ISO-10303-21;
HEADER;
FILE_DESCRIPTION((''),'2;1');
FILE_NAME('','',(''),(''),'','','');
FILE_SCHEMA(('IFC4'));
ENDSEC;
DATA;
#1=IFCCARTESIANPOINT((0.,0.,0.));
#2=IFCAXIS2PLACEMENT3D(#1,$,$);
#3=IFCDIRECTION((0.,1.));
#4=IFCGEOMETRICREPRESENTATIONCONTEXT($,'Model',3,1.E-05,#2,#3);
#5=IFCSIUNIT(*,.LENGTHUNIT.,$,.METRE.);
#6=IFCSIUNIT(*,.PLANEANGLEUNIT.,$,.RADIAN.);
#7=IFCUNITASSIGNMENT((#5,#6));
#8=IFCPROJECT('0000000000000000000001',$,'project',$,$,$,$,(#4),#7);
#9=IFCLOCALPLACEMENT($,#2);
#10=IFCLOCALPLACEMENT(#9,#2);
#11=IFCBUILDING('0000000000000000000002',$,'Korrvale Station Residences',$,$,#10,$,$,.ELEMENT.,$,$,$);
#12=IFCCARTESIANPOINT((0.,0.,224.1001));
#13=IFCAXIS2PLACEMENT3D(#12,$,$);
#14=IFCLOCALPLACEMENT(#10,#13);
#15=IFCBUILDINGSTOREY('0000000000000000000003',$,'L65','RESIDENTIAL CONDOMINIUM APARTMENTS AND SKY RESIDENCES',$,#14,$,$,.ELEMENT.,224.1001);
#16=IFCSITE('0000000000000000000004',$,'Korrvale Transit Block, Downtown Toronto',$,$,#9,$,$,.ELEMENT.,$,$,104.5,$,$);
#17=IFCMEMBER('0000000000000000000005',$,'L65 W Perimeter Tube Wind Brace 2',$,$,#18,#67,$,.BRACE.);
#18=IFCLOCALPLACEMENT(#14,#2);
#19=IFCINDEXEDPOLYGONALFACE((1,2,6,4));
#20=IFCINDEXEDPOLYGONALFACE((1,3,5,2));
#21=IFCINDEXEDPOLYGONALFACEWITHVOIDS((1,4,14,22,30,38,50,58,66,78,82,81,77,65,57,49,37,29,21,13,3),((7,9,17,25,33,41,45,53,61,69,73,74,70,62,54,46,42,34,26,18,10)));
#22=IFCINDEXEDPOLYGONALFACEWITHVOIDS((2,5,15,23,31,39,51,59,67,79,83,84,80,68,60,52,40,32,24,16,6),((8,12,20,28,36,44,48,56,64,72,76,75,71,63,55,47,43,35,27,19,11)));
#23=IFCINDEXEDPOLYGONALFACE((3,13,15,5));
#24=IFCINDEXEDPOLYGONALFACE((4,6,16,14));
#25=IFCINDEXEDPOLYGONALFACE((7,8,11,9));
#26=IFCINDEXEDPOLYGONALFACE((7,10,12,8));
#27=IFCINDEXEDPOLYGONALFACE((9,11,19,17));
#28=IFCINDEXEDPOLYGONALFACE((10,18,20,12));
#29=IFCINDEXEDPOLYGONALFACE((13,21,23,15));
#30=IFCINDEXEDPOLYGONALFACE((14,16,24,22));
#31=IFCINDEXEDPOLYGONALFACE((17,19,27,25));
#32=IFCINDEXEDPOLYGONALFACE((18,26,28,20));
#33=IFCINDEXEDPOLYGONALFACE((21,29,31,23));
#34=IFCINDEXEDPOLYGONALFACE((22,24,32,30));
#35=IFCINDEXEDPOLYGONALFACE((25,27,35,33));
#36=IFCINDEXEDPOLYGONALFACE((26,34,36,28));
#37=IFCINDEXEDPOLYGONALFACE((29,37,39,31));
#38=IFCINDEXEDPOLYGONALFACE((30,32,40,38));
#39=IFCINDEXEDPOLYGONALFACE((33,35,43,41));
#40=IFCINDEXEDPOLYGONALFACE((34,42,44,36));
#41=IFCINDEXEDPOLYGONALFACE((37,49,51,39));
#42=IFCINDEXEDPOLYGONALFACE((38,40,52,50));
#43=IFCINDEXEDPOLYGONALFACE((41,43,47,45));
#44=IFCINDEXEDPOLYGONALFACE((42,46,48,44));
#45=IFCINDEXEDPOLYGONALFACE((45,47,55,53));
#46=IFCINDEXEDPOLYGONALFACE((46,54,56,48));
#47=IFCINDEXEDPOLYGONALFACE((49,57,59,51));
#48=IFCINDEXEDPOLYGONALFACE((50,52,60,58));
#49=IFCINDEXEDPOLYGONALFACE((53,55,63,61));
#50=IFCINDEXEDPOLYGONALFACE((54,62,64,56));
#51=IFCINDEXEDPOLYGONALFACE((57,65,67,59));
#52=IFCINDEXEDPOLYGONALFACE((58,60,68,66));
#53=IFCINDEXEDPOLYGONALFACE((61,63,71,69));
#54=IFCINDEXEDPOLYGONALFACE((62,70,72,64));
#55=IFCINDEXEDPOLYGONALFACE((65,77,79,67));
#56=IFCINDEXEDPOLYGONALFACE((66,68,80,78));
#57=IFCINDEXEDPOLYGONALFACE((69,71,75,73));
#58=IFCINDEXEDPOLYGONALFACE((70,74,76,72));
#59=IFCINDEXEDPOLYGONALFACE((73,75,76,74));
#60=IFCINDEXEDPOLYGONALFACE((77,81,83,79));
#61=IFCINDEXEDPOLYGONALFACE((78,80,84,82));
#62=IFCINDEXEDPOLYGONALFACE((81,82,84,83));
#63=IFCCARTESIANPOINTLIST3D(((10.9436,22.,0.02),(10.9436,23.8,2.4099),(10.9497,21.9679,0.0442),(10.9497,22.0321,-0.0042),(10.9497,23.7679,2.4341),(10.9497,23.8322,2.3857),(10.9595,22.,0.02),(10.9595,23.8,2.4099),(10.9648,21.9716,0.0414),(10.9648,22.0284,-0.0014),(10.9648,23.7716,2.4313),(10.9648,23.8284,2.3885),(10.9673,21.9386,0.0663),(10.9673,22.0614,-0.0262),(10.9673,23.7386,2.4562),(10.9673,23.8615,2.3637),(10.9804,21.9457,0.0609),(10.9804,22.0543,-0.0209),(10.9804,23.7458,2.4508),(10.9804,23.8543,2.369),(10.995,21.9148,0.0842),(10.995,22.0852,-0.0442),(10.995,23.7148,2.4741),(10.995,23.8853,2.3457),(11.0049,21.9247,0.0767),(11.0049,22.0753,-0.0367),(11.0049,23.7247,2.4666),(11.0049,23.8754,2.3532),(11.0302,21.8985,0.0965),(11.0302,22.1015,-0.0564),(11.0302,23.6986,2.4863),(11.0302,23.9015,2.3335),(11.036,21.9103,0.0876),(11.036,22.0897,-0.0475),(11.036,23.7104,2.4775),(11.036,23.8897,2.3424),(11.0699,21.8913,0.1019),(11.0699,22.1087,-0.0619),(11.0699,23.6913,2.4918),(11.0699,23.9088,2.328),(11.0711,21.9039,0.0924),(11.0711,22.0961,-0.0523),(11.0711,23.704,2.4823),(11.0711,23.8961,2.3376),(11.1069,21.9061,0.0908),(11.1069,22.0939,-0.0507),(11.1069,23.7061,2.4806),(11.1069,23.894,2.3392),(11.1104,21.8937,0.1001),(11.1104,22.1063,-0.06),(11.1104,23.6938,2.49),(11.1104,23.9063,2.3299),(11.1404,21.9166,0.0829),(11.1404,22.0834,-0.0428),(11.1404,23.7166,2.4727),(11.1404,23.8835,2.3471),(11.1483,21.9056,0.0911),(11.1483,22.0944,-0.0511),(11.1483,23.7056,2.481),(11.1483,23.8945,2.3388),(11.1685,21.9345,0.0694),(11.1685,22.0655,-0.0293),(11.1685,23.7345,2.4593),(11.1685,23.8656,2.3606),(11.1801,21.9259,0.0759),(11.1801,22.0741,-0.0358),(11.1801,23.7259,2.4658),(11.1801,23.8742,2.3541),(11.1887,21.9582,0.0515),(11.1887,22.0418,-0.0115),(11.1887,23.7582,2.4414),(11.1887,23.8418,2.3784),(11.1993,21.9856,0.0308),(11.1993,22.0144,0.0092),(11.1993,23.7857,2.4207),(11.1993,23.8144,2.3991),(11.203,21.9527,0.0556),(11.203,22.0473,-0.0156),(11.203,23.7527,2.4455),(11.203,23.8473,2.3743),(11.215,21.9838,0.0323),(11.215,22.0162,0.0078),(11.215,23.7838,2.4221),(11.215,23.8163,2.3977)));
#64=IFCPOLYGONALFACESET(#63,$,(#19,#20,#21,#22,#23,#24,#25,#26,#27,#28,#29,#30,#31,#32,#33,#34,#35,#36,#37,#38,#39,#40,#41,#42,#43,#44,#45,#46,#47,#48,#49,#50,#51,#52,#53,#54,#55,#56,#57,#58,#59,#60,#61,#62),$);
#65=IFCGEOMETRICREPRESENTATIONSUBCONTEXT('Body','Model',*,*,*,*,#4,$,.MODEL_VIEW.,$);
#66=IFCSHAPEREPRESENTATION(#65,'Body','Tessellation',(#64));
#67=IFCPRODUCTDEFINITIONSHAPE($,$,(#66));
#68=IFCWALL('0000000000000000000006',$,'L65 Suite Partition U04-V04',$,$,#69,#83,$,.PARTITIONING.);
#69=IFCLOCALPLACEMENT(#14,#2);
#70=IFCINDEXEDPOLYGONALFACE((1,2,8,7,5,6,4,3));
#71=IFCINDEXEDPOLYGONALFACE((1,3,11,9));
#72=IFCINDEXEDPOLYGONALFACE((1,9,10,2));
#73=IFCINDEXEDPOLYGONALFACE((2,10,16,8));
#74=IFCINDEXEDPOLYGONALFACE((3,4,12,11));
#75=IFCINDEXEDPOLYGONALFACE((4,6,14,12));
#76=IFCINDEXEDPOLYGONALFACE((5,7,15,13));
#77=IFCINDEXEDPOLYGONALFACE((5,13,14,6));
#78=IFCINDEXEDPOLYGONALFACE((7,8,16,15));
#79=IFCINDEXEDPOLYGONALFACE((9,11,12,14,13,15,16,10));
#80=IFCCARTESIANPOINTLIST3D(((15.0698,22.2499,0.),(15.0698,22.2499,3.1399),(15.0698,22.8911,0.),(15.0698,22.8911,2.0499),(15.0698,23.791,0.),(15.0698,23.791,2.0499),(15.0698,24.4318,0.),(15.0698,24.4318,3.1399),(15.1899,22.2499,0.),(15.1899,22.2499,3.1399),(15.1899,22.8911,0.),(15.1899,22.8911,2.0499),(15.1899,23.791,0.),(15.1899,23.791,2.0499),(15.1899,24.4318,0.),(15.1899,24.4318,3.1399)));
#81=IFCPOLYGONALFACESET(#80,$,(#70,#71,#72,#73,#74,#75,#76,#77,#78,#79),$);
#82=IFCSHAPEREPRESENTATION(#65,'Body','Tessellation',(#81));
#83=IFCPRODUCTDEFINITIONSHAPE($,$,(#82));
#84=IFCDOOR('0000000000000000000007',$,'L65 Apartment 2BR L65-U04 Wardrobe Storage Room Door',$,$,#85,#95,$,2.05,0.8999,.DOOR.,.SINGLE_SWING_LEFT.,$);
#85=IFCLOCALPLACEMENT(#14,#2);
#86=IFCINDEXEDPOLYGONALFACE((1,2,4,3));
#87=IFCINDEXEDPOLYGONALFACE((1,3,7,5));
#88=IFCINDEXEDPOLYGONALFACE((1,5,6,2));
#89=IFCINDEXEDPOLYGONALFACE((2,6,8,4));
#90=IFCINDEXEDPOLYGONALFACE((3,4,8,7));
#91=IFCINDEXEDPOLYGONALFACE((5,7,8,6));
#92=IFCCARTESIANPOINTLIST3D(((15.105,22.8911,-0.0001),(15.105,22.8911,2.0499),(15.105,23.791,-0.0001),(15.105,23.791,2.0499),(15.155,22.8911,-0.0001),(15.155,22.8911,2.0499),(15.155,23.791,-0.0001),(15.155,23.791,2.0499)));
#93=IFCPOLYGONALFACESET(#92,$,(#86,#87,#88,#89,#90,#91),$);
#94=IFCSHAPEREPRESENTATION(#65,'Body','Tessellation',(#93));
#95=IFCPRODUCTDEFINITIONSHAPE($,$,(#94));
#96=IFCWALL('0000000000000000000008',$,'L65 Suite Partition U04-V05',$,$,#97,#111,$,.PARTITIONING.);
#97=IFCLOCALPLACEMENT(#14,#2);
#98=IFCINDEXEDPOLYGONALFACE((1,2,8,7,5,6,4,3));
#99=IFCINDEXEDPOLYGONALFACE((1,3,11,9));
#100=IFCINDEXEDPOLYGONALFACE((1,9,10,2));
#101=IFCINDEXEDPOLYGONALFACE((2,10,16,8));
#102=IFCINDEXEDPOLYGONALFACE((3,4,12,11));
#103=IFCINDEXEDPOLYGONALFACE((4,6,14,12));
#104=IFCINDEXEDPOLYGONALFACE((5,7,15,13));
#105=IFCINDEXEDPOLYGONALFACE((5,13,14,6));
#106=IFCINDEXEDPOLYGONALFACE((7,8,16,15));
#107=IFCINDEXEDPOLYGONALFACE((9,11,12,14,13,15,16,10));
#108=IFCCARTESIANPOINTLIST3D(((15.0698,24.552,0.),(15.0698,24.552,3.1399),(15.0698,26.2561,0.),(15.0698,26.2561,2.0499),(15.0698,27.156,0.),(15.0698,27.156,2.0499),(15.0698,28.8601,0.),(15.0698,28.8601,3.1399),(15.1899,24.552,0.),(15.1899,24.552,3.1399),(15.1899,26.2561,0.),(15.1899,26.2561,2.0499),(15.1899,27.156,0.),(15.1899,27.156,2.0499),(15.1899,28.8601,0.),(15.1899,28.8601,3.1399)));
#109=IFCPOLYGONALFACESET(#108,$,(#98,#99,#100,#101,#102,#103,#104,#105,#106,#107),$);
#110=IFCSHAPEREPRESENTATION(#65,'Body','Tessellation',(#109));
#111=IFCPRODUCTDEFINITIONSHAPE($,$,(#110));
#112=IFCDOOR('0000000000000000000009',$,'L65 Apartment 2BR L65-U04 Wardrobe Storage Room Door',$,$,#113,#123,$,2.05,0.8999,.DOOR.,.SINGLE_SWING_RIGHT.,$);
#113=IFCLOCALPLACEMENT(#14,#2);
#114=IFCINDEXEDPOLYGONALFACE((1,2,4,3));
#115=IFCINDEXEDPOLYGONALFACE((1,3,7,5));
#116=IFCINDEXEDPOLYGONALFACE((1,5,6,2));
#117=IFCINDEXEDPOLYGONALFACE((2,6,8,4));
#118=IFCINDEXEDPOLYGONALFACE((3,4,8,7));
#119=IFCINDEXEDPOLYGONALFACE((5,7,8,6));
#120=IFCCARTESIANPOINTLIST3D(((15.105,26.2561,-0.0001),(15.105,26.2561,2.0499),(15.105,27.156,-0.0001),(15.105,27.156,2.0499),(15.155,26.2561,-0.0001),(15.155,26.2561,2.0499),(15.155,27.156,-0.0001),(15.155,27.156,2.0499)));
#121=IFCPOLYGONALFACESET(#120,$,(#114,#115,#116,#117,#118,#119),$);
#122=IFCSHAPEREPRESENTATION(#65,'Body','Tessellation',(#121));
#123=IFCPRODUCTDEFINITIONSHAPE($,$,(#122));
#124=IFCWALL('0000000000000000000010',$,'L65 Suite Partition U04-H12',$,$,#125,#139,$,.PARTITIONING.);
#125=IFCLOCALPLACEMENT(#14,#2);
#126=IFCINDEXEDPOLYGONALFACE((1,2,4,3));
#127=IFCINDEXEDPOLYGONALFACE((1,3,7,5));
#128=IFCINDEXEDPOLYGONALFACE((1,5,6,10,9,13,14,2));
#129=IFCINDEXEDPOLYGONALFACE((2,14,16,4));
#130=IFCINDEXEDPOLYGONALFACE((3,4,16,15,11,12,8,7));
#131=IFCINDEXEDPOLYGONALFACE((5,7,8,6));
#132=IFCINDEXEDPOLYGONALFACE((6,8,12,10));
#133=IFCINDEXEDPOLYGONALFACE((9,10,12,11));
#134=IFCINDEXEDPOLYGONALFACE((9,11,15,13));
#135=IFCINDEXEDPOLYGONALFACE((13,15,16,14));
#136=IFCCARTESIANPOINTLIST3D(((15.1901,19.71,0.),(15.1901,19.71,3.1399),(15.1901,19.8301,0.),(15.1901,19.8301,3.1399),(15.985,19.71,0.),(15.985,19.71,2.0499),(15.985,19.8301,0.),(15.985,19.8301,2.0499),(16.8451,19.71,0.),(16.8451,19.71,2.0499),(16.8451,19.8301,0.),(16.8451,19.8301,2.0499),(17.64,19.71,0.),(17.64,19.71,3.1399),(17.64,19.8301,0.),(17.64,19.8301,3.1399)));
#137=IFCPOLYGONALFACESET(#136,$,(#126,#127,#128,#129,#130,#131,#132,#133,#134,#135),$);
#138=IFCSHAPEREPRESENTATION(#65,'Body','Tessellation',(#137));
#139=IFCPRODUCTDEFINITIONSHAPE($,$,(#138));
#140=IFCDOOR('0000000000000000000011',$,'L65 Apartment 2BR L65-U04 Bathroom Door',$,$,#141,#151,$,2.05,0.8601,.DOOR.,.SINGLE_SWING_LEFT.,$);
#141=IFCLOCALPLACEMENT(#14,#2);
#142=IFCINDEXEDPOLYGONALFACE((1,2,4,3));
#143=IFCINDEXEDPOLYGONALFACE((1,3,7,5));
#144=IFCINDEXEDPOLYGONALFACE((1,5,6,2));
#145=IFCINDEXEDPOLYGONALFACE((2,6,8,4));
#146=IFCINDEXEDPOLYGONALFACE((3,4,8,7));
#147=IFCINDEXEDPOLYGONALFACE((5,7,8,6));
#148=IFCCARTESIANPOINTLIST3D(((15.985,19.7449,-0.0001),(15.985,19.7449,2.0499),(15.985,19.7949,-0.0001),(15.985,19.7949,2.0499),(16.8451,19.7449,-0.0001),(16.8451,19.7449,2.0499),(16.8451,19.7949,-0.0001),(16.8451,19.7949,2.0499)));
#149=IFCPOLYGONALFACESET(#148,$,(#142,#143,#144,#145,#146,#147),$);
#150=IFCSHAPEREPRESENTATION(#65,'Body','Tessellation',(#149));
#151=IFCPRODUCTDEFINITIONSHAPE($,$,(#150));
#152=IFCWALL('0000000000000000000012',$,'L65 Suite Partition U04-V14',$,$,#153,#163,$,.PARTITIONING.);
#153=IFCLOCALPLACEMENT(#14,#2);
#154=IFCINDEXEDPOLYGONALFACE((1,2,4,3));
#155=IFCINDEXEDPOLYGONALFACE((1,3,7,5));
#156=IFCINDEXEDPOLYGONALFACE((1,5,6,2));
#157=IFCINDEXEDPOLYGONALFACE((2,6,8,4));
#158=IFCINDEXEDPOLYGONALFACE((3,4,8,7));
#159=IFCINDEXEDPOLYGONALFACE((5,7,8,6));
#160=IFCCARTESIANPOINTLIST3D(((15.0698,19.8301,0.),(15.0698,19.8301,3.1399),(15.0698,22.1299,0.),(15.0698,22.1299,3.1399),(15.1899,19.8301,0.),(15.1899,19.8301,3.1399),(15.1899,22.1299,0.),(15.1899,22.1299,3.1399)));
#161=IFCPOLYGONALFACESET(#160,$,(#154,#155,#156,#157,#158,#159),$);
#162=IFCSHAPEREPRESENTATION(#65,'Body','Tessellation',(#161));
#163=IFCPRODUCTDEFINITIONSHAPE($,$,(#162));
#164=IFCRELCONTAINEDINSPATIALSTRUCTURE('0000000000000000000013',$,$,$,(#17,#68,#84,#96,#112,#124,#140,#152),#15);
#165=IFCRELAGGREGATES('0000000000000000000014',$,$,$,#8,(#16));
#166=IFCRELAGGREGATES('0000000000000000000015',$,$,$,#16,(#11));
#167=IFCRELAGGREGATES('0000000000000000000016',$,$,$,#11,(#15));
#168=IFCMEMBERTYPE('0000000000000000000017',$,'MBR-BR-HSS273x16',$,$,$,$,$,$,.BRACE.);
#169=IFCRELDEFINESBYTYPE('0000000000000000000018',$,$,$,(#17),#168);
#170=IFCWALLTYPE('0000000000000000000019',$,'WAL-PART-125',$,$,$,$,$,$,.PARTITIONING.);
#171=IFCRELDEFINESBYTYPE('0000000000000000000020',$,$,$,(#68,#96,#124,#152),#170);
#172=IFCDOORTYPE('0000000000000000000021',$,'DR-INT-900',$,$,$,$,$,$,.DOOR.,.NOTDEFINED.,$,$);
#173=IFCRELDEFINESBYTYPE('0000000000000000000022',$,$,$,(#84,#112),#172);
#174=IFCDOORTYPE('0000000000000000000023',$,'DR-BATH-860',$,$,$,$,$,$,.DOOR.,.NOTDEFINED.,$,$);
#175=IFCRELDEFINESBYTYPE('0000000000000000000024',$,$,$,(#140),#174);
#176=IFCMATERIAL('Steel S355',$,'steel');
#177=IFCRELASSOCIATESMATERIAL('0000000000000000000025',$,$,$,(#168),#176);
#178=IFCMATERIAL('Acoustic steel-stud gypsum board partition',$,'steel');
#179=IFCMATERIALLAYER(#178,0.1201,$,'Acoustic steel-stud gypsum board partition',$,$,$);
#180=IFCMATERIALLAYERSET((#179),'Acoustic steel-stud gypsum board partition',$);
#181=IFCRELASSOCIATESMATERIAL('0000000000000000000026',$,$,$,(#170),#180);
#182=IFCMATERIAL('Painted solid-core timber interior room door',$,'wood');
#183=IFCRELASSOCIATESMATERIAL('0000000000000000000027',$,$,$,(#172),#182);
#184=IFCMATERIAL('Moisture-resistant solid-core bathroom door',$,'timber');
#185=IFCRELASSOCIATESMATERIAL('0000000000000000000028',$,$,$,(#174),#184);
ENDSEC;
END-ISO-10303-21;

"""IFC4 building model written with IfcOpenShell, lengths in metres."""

from ifc_helpers import new_model, si_unit, direction, frame, frame_2d, origin, origin_2d, place, context, subcontext, project, spatial, rectangle, hollow_circle, extrude, material, layer, layer_set, material_profile, profile_set, type_object, element, fill, save


model = new_model("IFC4")

# Units and contexts
model_context = context("Model", 3, precision=1e-05, world=origin(), true_north=direction((0.0, 1.0)))
body_context = subcontext(model_context, "Body", "Model", "MODEL_VIEW")
ifc_project = project(units=[si_unit("LENGTHUNIT", "METRE"), si_unit("PLANEANGLEUNIT", "RADIAN")], contexts=[model_context])

# Site, building, storey
site_placement = place(None, origin())
site = spatial("IfcSite", under=ifc_project, at=site_placement, Name="Korrvale Transit Block, Downtown Toronto", CompositionType="ELEMENT", RefElevation=104.5)
building_placement = place(site_placement, origin())
building = spatial("IfcBuilding", under=site, at=building_placement, Name="Korrvale Station Residences", CompositionType="ELEMENT")
storey_placement = place(building_placement, frame((0.0, 0.0, 224.1001)))
storey = spatial("IfcBuildingStorey", under=building, at=storey_placement, Name="L65", Description="RESIDENTIAL CONDOMINIUM APARTMENTS AND SKY RESIDENCES", CompositionType="ELEMENT", Elevation=224.1001)

# Shared definitions
ifc_material_1 = material(Name="Steel S355", Category="steel")

# Member
ifc_material_profile_1 = material_profile(ifc_material_1, hollow_circle(Radius=0.1365, WallThickness=0.0159, at=origin_2d()), Name="HSS273x16")
ifc_profile_set_1 = profile_set([ifc_material_profile_1], Name="Steel S355")
member_type = type_object("IfcMemberType", Name="MBR-BR-HSS273x16", PredefinedType="BRACE", material=ifc_profile_set_1)
for number, where, z_axis, x_axis, name in (
    (1, (11.0801, 22.0, 0.02), (0.0, 0.601631, 0.798774), (-1.0, 0.0, 0.0), "L65 W Perimeter Tube Wind Brace 2"),
):
    element("IfcMember", number, at=place(storey_placement, frame(where, z_axis=z_axis, x_axis=x_axis)), inside=storey, type_object=member_type, Name=name, PredefinedType="BRACE", context=body_context, shape_type="SweptSolid", body=[
        extrude(hollow_circle(Radius=0.1365, WallThickness=0.0159, at=origin_2d()), origin(), (0.0, 0.0, 1.0), 2.9919),
    ])

# Walls, openings, doors
ifc_material_2 = material(Name="Acoustic steel-stud gypsum board partition", Category="steel")
ifc_layer_1 = layer(ifc_material_2, 0.1201, Name="Acoustic steel-stud gypsum board partition")
ifc_layer_set_1 = layer_set([ifc_layer_1], Name="Acoustic steel-stud gypsum board partition")
wall_type_1 = type_object("IfcWallType", Name="WAL-PART-125", PredefinedType="PARTITIONING", material=ifc_layer_set_1)
wall_1_placement = place(storey_placement, frame((15.1299, 22.25, 0.0), z_axis=(0.0, 0.0, 1.0), x_axis=(0.0, 1.0, 0.0)))
wall_1 = element("IfcWall", 2, at=wall_1_placement, inside=storey, type_object=wall_type_1, Name="L65 Suite Partition U04-V04", PredefinedType="PARTITIONING", context=body_context, shape_type="SweptSolid", body=[
    extrude(rectangle(XDim=2.1819, YDim=0.1201, at=frame_2d((1.0908, 0.0))), origin(), (0.0, 0.0, 1.0), 3.1399),
])
opening_1_placement = place(wall_1_placement, frame((0.6411, 0.0, 0.0)))
opening_1 = element("IfcOpeningElement", 3, at=opening_1_placement, cuts=wall_1, PredefinedType="OPENING", context=body_context, shape_type="SweptSolid", body=[
    extrude(rectangle(XDim=0.8999, YDim=2.05, at=frame_2d((0.45, 1.0249))), frame((0.0, 0.0701, 0.0), z_axis=(0.0, -1.0, 0.0), x_axis=(1.0, 0.0, 0.0)), (0.0, 0.0, 1.0), 0.1401),
])
ifc_material_3 = material(Name="Painted solid-core timber interior room door", Category="wood")
door_type_1 = type_object("IfcDoorType", Name="DR-INT-900", OperationType="NOTDEFINED", PredefinedType="DOOR", material=ifc_material_3)
door_1_placement = place(opening_1_placement, origin())
door_1 = element("IfcDoor", 4, at=door_1_placement, inside=storey, type_object=door_type_1, Name="L65 Apartment 2BR L65-U04 Wardrobe Storage Room Door", OperationType="SINGLE_SWING_LEFT", OverallHeight=2.05, OverallWidth=0.8999, PredefinedType="DOOR", context=body_context, shape_type="SweptSolid", body=[
    extrude(rectangle(XDim=0.8999, YDim=2.05, at=frame_2d((0.45, 1.0249))), frame((0.0, 0.0249, 0.0), z_axis=(0.0, -1.0, 0.0), x_axis=(1.0, 0.0, 0.0)), (0.0, 0.0, 1.0), 0.05),
])
fill(opening_1, door_1)
wall_2_placement = place(storey_placement, frame((15.1299, 24.552, 0.0), z_axis=(0.0, 0.0, 1.0), x_axis=(0.0, 1.0, 0.0)))
wall_2 = element("IfcWall", 5, at=wall_2_placement, inside=storey, type_object=wall_type_1, Name="L65 Suite Partition U04-V05", PredefinedType="PARTITIONING", context=body_context, shape_type="SweptSolid", body=[
    extrude(rectangle(XDim=4.3081, YDim=0.1201, at=frame_2d((2.1541, 0.0))), origin(), (0.0, 0.0, 1.0), 3.1399),
])
opening_2_placement = place(wall_2_placement, frame((1.7041, 0.0, 0.0)))
opening_2 = element("IfcOpeningElement", 6, at=opening_2_placement, cuts=wall_2, PredefinedType="OPENING", context=body_context, shape_type="SweptSolid", body=[
    extrude(rectangle(XDim=0.8999, YDim=2.05, at=frame_2d((0.45, 1.0249))), frame((0.0, 0.0701, 0.0), z_axis=(0.0, -1.0, 0.0), x_axis=(1.0, 0.0, 0.0)), (0.0, 0.0, 1.0), 0.1401),
])
door_2_placement = place(opening_2_placement, origin())
door_2 = element("IfcDoor", 7, at=door_2_placement, inside=storey, type_object=door_type_1, Name="L65 Apartment 2BR L65-U04 Wardrobe Storage Room Door", OperationType="SINGLE_SWING_RIGHT", OverallHeight=2.05, OverallWidth=0.8999, PredefinedType="DOOR", context=body_context, shape_type="SweptSolid", body=[
    extrude(rectangle(XDim=0.8999, YDim=2.05, at=frame_2d((0.45, 1.0249))), frame((0.0, 0.0249, 0.0), z_axis=(0.0, -1.0, 0.0), x_axis=(1.0, 0.0, 0.0)), (0.0, 0.0, 1.0), 0.05),
])
fill(opening_2, door_2)
wall_3_placement = place(storey_placement, frame((15.1899, 19.77, 0.0), z_axis=(0.0, 0.0, 1.0), x_axis=(1.0, 0.0, 0.0)))
wall_3 = element("IfcWall", 8, at=wall_3_placement, inside=storey, type_object=wall_type_1, Name="L65 Suite Partition U04-H12", PredefinedType="PARTITIONING", context=body_context, shape_type="SweptSolid", body=[
    extrude(rectangle(XDim=2.45, YDim=0.1201, at=frame_2d((1.2251, 0.0))), origin(), (0.0, 0.0, 1.0), 3.1399),
])
opening_3_placement = place(wall_3_placement, frame((0.7949, 0.0, 0.0)))
opening_3 = element("IfcOpeningElement", 9, at=opening_3_placement, cuts=wall_3, PredefinedType="OPENING", context=body_context, shape_type="SweptSolid", body=[
    extrude(rectangle(XDim=0.8601, YDim=2.05, at=frame_2d((0.4302, 1.0249))), frame((0.0, 0.0701, 0.0), z_axis=(0.0, -1.0, 0.0), x_axis=(1.0, 0.0, 0.0)), (0.0, 0.0, 1.0), 0.1401),
])
ifc_material_4 = material(Name="Moisture-resistant solid-core bathroom door", Category="timber")
door_type_2 = type_object("IfcDoorType", Name="DR-BATH-860", OperationType="NOTDEFINED", PredefinedType="DOOR", material=ifc_material_4)
door_3_placement = place(opening_3_placement, origin())
door_3 = element("IfcDoor", 10, at=door_3_placement, inside=storey, type_object=door_type_2, Name="L65 Apartment 2BR L65-U04 Bathroom Door", OperationType="SINGLE_SWING_LEFT", OverallHeight=2.05, OverallWidth=0.8601, PredefinedType="DOOR", context=body_context, shape_type="SweptSolid", body=[
    extrude(rectangle(XDim=0.8601, YDim=2.05, at=frame_2d((0.4302, 1.0249))), frame((0.0, 0.0249, 0.0), z_axis=(0.0, -1.0, 0.0), x_axis=(1.0, 0.0, 0.0)), (0.0, 0.0, 1.0), 0.05),
])
fill(opening_3, door_3)

# Wall
wall_4_placement = place(storey_placement, frame((15.1299, 19.8301, 0.0), z_axis=(0.0, 0.0, 1.0), x_axis=(0.0, 1.0, 0.0)))
element("IfcWall", 11, at=wall_4_placement, inside=storey, type_object=wall_type_1, Name="L65 Suite Partition U04-V14", PredefinedType="PARTITIONING", context=body_context, shape_type="SweptSolid", body=[
    extrude(rectangle(XDim=2.2998, YDim=0.1201, at=frame_2d((1.1499, 0.0))), origin(), (0.0, 0.0, 1.0), 3.1399),
])

save(model, "model.ifc")
